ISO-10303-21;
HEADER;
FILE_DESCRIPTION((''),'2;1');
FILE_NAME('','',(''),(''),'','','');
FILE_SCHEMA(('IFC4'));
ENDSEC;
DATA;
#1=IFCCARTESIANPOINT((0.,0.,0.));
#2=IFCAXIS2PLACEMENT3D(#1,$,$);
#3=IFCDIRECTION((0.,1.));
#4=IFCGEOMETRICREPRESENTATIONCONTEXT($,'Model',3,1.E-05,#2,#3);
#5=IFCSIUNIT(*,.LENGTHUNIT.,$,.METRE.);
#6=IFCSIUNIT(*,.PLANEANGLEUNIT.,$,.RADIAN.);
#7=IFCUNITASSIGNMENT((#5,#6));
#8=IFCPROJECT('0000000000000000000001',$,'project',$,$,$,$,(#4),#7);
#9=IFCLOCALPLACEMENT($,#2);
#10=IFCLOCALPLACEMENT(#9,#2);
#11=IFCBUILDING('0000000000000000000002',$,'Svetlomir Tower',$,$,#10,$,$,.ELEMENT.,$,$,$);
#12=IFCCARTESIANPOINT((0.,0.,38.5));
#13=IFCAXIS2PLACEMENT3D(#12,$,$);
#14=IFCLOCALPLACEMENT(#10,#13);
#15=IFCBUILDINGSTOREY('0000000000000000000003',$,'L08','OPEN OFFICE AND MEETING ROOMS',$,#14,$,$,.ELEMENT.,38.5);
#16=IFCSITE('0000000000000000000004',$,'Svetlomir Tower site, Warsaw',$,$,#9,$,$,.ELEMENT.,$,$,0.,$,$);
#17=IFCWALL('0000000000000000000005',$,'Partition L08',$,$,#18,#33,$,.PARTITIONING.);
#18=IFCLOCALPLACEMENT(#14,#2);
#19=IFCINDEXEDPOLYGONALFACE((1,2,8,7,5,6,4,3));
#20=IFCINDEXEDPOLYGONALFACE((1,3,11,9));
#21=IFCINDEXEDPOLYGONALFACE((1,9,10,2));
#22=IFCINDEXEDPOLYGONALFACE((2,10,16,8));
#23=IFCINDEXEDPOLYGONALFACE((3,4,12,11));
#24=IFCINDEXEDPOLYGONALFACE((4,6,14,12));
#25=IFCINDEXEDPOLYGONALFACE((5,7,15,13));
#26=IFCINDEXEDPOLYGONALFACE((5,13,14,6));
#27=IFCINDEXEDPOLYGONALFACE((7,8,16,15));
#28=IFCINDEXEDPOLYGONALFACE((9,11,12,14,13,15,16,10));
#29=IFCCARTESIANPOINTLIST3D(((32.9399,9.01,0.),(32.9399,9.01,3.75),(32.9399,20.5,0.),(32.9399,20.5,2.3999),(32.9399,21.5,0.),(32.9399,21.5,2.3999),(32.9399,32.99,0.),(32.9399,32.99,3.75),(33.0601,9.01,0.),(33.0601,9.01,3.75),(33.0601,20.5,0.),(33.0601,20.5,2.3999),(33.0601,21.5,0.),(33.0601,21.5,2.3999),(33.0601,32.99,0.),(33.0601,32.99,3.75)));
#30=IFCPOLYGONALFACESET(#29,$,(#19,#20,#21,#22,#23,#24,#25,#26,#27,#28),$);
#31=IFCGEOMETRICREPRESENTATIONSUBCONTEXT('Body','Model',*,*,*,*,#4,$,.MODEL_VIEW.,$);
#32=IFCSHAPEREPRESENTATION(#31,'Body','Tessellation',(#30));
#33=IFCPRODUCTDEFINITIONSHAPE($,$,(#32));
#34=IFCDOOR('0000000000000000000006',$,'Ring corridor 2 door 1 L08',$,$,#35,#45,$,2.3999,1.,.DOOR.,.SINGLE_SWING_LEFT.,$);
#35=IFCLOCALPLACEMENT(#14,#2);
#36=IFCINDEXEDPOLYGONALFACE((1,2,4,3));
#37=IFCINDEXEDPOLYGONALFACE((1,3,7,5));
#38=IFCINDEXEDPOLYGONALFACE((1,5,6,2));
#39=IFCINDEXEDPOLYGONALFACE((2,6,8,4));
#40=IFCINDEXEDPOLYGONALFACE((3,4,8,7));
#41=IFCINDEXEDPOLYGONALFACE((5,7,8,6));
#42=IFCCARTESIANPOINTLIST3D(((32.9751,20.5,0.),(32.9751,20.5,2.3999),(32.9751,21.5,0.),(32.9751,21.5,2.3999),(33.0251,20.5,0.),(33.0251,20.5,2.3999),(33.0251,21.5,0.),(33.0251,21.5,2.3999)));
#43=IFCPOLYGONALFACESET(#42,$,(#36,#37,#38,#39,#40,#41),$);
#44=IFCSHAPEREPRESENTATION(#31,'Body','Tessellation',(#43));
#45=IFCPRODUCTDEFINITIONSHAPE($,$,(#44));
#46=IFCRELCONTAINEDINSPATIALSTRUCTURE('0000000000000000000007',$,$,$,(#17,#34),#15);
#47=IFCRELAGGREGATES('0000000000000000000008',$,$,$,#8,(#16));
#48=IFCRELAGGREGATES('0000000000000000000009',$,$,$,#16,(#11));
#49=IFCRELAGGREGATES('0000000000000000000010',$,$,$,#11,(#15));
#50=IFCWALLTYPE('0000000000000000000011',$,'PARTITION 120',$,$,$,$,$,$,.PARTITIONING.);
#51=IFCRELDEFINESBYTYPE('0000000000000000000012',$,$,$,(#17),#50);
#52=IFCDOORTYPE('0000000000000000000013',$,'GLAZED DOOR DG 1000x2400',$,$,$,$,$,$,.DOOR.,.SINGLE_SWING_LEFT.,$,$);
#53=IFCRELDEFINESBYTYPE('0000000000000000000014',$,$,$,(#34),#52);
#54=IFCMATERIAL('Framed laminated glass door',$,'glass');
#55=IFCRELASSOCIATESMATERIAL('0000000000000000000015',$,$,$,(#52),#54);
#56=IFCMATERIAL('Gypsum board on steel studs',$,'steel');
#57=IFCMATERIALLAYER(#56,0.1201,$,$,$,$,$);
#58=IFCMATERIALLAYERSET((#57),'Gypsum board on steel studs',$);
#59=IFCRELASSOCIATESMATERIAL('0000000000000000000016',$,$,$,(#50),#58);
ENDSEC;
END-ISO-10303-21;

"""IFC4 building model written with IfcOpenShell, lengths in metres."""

from ifc_helpers import new_model, si_unit, direction, frame, frame_2d, origin, place, context, subcontext, project, spatial, rectangle, extrude, material, layer, layer_set, type_object, element, fill, save


model = new_model("IFC4")

# Units and contexts
model_context = context("Model", 3, precision=1e-05, world=origin(), true_north=direction((0.0, 1.0)))
body_context = subcontext(model_context, "Body", "Model", "MODEL_VIEW")
ifc_project = project(units=[si_unit("LENGTHUNIT", "METRE"), si_unit("PLANEANGLEUNIT", "RADIAN")], contexts=[model_context])

# Site, building, storey
site_placement = place(None, origin())
site = spatial("IfcSite", under=ifc_project, at=site_placement, Name="Svetlomir Tower site, Warsaw", CompositionType="ELEMENT", RefElevation=0.0)
building_placement = place(site_placement, origin())
building = spatial("IfcBuilding", under=site, at=building_placement, Name="Svetlomir Tower", CompositionType="ELEMENT")
storey_placement = place(building_placement, frame((0.0, 0.0, 38.5)))
storey = spatial("IfcBuildingStorey", under=building, at=storey_placement, Name="L08", Description="OPEN OFFICE AND MEETING ROOMS", CompositionType="ELEMENT", Elevation=38.5)

# Shared definitions
ifc_material_1 = material(Name="Framed laminated glass door", Category="glass")
door_type = type_object("IfcDoorType", Name="GLAZED DOOR DG 1000x2400", OperationType="SINGLE_SWING_LEFT", PredefinedType="DOOR", material=ifc_material_1)

# Shared definitions
ifc_material_2 = material(Name="Gypsum board on steel studs", Category="steel")
ifc_layer_1 = layer(ifc_material_2, 0.1201)
ifc_layer_set_1 = layer_set([ifc_layer_1], Name="Gypsum board on steel studs")
wall_type_1 = type_object("IfcWallType", Name="PARTITION 120", PredefinedType="PARTITIONING", material=ifc_layer_set_1)

# Wall, opening, door
wall_1_placement = place(storey_placement, frame((33.0, 9.01, 0.0), z_axis=(0.0, 0.0, 1.0), x_axis=(0.0, 1.0, 0.0)))
wall_1 = element("IfcWall", 1, at=wall_1_placement, inside=storey, type_object=wall_type_1, Name="Partition L08", PredefinedType="PARTITIONING", context=body_context, shape_type="SweptSolid", body=[
    extrude(rectangle(XDim=23.98, YDim=0.1201, at=frame_2d((11.99, 0.0))), origin(), (0.0, 0.0, 1.0), 3.75),
])
opening_1_placement = place(wall_1_placement, frame((11.49, 0.0, 0.0)))
opening_1 = element("IfcOpeningElement", 2, at=opening_1_placement, cuts=wall_1, PredefinedType="OPENING", context=body_context, shape_type="SweptSolid", body=[
    extrude(rectangle(XDim=1.0, YDim=2.3999, at=frame_2d((0.5, 1.2))), frame((0.0, 0.0701, 0.0), z_axis=(0.0, -1.0, 0.0), x_axis=(1.0, 0.0, 0.0)), (0.0, 0.0, 1.0), 0.1401),
])
door_1_placement = place(opening_1_placement, origin())
door_1 = element("IfcDoor", 3, at=door_1_placement, inside=storey, type_object=door_type, Name="Ring corridor 2 door 1 L08", OperationType="SINGLE_SWING_LEFT", OverallHeight=2.3999, OverallWidth=1.0, PredefinedType="DOOR", context=body_context, shape_type="SweptSolid", body=[
    extrude(rectangle(XDim=1.0, YDim=2.3999, at=frame_2d((0.5, 1.2))), frame((0.0, 0.0249, 0.0), z_axis=(0.0, -1.0, 0.0), x_axis=(1.0, 0.0, 0.0)), (0.0, 0.0, 1.0), 0.05),
])
fill(opening_1, door_1)

save(model, "model.ifc")
